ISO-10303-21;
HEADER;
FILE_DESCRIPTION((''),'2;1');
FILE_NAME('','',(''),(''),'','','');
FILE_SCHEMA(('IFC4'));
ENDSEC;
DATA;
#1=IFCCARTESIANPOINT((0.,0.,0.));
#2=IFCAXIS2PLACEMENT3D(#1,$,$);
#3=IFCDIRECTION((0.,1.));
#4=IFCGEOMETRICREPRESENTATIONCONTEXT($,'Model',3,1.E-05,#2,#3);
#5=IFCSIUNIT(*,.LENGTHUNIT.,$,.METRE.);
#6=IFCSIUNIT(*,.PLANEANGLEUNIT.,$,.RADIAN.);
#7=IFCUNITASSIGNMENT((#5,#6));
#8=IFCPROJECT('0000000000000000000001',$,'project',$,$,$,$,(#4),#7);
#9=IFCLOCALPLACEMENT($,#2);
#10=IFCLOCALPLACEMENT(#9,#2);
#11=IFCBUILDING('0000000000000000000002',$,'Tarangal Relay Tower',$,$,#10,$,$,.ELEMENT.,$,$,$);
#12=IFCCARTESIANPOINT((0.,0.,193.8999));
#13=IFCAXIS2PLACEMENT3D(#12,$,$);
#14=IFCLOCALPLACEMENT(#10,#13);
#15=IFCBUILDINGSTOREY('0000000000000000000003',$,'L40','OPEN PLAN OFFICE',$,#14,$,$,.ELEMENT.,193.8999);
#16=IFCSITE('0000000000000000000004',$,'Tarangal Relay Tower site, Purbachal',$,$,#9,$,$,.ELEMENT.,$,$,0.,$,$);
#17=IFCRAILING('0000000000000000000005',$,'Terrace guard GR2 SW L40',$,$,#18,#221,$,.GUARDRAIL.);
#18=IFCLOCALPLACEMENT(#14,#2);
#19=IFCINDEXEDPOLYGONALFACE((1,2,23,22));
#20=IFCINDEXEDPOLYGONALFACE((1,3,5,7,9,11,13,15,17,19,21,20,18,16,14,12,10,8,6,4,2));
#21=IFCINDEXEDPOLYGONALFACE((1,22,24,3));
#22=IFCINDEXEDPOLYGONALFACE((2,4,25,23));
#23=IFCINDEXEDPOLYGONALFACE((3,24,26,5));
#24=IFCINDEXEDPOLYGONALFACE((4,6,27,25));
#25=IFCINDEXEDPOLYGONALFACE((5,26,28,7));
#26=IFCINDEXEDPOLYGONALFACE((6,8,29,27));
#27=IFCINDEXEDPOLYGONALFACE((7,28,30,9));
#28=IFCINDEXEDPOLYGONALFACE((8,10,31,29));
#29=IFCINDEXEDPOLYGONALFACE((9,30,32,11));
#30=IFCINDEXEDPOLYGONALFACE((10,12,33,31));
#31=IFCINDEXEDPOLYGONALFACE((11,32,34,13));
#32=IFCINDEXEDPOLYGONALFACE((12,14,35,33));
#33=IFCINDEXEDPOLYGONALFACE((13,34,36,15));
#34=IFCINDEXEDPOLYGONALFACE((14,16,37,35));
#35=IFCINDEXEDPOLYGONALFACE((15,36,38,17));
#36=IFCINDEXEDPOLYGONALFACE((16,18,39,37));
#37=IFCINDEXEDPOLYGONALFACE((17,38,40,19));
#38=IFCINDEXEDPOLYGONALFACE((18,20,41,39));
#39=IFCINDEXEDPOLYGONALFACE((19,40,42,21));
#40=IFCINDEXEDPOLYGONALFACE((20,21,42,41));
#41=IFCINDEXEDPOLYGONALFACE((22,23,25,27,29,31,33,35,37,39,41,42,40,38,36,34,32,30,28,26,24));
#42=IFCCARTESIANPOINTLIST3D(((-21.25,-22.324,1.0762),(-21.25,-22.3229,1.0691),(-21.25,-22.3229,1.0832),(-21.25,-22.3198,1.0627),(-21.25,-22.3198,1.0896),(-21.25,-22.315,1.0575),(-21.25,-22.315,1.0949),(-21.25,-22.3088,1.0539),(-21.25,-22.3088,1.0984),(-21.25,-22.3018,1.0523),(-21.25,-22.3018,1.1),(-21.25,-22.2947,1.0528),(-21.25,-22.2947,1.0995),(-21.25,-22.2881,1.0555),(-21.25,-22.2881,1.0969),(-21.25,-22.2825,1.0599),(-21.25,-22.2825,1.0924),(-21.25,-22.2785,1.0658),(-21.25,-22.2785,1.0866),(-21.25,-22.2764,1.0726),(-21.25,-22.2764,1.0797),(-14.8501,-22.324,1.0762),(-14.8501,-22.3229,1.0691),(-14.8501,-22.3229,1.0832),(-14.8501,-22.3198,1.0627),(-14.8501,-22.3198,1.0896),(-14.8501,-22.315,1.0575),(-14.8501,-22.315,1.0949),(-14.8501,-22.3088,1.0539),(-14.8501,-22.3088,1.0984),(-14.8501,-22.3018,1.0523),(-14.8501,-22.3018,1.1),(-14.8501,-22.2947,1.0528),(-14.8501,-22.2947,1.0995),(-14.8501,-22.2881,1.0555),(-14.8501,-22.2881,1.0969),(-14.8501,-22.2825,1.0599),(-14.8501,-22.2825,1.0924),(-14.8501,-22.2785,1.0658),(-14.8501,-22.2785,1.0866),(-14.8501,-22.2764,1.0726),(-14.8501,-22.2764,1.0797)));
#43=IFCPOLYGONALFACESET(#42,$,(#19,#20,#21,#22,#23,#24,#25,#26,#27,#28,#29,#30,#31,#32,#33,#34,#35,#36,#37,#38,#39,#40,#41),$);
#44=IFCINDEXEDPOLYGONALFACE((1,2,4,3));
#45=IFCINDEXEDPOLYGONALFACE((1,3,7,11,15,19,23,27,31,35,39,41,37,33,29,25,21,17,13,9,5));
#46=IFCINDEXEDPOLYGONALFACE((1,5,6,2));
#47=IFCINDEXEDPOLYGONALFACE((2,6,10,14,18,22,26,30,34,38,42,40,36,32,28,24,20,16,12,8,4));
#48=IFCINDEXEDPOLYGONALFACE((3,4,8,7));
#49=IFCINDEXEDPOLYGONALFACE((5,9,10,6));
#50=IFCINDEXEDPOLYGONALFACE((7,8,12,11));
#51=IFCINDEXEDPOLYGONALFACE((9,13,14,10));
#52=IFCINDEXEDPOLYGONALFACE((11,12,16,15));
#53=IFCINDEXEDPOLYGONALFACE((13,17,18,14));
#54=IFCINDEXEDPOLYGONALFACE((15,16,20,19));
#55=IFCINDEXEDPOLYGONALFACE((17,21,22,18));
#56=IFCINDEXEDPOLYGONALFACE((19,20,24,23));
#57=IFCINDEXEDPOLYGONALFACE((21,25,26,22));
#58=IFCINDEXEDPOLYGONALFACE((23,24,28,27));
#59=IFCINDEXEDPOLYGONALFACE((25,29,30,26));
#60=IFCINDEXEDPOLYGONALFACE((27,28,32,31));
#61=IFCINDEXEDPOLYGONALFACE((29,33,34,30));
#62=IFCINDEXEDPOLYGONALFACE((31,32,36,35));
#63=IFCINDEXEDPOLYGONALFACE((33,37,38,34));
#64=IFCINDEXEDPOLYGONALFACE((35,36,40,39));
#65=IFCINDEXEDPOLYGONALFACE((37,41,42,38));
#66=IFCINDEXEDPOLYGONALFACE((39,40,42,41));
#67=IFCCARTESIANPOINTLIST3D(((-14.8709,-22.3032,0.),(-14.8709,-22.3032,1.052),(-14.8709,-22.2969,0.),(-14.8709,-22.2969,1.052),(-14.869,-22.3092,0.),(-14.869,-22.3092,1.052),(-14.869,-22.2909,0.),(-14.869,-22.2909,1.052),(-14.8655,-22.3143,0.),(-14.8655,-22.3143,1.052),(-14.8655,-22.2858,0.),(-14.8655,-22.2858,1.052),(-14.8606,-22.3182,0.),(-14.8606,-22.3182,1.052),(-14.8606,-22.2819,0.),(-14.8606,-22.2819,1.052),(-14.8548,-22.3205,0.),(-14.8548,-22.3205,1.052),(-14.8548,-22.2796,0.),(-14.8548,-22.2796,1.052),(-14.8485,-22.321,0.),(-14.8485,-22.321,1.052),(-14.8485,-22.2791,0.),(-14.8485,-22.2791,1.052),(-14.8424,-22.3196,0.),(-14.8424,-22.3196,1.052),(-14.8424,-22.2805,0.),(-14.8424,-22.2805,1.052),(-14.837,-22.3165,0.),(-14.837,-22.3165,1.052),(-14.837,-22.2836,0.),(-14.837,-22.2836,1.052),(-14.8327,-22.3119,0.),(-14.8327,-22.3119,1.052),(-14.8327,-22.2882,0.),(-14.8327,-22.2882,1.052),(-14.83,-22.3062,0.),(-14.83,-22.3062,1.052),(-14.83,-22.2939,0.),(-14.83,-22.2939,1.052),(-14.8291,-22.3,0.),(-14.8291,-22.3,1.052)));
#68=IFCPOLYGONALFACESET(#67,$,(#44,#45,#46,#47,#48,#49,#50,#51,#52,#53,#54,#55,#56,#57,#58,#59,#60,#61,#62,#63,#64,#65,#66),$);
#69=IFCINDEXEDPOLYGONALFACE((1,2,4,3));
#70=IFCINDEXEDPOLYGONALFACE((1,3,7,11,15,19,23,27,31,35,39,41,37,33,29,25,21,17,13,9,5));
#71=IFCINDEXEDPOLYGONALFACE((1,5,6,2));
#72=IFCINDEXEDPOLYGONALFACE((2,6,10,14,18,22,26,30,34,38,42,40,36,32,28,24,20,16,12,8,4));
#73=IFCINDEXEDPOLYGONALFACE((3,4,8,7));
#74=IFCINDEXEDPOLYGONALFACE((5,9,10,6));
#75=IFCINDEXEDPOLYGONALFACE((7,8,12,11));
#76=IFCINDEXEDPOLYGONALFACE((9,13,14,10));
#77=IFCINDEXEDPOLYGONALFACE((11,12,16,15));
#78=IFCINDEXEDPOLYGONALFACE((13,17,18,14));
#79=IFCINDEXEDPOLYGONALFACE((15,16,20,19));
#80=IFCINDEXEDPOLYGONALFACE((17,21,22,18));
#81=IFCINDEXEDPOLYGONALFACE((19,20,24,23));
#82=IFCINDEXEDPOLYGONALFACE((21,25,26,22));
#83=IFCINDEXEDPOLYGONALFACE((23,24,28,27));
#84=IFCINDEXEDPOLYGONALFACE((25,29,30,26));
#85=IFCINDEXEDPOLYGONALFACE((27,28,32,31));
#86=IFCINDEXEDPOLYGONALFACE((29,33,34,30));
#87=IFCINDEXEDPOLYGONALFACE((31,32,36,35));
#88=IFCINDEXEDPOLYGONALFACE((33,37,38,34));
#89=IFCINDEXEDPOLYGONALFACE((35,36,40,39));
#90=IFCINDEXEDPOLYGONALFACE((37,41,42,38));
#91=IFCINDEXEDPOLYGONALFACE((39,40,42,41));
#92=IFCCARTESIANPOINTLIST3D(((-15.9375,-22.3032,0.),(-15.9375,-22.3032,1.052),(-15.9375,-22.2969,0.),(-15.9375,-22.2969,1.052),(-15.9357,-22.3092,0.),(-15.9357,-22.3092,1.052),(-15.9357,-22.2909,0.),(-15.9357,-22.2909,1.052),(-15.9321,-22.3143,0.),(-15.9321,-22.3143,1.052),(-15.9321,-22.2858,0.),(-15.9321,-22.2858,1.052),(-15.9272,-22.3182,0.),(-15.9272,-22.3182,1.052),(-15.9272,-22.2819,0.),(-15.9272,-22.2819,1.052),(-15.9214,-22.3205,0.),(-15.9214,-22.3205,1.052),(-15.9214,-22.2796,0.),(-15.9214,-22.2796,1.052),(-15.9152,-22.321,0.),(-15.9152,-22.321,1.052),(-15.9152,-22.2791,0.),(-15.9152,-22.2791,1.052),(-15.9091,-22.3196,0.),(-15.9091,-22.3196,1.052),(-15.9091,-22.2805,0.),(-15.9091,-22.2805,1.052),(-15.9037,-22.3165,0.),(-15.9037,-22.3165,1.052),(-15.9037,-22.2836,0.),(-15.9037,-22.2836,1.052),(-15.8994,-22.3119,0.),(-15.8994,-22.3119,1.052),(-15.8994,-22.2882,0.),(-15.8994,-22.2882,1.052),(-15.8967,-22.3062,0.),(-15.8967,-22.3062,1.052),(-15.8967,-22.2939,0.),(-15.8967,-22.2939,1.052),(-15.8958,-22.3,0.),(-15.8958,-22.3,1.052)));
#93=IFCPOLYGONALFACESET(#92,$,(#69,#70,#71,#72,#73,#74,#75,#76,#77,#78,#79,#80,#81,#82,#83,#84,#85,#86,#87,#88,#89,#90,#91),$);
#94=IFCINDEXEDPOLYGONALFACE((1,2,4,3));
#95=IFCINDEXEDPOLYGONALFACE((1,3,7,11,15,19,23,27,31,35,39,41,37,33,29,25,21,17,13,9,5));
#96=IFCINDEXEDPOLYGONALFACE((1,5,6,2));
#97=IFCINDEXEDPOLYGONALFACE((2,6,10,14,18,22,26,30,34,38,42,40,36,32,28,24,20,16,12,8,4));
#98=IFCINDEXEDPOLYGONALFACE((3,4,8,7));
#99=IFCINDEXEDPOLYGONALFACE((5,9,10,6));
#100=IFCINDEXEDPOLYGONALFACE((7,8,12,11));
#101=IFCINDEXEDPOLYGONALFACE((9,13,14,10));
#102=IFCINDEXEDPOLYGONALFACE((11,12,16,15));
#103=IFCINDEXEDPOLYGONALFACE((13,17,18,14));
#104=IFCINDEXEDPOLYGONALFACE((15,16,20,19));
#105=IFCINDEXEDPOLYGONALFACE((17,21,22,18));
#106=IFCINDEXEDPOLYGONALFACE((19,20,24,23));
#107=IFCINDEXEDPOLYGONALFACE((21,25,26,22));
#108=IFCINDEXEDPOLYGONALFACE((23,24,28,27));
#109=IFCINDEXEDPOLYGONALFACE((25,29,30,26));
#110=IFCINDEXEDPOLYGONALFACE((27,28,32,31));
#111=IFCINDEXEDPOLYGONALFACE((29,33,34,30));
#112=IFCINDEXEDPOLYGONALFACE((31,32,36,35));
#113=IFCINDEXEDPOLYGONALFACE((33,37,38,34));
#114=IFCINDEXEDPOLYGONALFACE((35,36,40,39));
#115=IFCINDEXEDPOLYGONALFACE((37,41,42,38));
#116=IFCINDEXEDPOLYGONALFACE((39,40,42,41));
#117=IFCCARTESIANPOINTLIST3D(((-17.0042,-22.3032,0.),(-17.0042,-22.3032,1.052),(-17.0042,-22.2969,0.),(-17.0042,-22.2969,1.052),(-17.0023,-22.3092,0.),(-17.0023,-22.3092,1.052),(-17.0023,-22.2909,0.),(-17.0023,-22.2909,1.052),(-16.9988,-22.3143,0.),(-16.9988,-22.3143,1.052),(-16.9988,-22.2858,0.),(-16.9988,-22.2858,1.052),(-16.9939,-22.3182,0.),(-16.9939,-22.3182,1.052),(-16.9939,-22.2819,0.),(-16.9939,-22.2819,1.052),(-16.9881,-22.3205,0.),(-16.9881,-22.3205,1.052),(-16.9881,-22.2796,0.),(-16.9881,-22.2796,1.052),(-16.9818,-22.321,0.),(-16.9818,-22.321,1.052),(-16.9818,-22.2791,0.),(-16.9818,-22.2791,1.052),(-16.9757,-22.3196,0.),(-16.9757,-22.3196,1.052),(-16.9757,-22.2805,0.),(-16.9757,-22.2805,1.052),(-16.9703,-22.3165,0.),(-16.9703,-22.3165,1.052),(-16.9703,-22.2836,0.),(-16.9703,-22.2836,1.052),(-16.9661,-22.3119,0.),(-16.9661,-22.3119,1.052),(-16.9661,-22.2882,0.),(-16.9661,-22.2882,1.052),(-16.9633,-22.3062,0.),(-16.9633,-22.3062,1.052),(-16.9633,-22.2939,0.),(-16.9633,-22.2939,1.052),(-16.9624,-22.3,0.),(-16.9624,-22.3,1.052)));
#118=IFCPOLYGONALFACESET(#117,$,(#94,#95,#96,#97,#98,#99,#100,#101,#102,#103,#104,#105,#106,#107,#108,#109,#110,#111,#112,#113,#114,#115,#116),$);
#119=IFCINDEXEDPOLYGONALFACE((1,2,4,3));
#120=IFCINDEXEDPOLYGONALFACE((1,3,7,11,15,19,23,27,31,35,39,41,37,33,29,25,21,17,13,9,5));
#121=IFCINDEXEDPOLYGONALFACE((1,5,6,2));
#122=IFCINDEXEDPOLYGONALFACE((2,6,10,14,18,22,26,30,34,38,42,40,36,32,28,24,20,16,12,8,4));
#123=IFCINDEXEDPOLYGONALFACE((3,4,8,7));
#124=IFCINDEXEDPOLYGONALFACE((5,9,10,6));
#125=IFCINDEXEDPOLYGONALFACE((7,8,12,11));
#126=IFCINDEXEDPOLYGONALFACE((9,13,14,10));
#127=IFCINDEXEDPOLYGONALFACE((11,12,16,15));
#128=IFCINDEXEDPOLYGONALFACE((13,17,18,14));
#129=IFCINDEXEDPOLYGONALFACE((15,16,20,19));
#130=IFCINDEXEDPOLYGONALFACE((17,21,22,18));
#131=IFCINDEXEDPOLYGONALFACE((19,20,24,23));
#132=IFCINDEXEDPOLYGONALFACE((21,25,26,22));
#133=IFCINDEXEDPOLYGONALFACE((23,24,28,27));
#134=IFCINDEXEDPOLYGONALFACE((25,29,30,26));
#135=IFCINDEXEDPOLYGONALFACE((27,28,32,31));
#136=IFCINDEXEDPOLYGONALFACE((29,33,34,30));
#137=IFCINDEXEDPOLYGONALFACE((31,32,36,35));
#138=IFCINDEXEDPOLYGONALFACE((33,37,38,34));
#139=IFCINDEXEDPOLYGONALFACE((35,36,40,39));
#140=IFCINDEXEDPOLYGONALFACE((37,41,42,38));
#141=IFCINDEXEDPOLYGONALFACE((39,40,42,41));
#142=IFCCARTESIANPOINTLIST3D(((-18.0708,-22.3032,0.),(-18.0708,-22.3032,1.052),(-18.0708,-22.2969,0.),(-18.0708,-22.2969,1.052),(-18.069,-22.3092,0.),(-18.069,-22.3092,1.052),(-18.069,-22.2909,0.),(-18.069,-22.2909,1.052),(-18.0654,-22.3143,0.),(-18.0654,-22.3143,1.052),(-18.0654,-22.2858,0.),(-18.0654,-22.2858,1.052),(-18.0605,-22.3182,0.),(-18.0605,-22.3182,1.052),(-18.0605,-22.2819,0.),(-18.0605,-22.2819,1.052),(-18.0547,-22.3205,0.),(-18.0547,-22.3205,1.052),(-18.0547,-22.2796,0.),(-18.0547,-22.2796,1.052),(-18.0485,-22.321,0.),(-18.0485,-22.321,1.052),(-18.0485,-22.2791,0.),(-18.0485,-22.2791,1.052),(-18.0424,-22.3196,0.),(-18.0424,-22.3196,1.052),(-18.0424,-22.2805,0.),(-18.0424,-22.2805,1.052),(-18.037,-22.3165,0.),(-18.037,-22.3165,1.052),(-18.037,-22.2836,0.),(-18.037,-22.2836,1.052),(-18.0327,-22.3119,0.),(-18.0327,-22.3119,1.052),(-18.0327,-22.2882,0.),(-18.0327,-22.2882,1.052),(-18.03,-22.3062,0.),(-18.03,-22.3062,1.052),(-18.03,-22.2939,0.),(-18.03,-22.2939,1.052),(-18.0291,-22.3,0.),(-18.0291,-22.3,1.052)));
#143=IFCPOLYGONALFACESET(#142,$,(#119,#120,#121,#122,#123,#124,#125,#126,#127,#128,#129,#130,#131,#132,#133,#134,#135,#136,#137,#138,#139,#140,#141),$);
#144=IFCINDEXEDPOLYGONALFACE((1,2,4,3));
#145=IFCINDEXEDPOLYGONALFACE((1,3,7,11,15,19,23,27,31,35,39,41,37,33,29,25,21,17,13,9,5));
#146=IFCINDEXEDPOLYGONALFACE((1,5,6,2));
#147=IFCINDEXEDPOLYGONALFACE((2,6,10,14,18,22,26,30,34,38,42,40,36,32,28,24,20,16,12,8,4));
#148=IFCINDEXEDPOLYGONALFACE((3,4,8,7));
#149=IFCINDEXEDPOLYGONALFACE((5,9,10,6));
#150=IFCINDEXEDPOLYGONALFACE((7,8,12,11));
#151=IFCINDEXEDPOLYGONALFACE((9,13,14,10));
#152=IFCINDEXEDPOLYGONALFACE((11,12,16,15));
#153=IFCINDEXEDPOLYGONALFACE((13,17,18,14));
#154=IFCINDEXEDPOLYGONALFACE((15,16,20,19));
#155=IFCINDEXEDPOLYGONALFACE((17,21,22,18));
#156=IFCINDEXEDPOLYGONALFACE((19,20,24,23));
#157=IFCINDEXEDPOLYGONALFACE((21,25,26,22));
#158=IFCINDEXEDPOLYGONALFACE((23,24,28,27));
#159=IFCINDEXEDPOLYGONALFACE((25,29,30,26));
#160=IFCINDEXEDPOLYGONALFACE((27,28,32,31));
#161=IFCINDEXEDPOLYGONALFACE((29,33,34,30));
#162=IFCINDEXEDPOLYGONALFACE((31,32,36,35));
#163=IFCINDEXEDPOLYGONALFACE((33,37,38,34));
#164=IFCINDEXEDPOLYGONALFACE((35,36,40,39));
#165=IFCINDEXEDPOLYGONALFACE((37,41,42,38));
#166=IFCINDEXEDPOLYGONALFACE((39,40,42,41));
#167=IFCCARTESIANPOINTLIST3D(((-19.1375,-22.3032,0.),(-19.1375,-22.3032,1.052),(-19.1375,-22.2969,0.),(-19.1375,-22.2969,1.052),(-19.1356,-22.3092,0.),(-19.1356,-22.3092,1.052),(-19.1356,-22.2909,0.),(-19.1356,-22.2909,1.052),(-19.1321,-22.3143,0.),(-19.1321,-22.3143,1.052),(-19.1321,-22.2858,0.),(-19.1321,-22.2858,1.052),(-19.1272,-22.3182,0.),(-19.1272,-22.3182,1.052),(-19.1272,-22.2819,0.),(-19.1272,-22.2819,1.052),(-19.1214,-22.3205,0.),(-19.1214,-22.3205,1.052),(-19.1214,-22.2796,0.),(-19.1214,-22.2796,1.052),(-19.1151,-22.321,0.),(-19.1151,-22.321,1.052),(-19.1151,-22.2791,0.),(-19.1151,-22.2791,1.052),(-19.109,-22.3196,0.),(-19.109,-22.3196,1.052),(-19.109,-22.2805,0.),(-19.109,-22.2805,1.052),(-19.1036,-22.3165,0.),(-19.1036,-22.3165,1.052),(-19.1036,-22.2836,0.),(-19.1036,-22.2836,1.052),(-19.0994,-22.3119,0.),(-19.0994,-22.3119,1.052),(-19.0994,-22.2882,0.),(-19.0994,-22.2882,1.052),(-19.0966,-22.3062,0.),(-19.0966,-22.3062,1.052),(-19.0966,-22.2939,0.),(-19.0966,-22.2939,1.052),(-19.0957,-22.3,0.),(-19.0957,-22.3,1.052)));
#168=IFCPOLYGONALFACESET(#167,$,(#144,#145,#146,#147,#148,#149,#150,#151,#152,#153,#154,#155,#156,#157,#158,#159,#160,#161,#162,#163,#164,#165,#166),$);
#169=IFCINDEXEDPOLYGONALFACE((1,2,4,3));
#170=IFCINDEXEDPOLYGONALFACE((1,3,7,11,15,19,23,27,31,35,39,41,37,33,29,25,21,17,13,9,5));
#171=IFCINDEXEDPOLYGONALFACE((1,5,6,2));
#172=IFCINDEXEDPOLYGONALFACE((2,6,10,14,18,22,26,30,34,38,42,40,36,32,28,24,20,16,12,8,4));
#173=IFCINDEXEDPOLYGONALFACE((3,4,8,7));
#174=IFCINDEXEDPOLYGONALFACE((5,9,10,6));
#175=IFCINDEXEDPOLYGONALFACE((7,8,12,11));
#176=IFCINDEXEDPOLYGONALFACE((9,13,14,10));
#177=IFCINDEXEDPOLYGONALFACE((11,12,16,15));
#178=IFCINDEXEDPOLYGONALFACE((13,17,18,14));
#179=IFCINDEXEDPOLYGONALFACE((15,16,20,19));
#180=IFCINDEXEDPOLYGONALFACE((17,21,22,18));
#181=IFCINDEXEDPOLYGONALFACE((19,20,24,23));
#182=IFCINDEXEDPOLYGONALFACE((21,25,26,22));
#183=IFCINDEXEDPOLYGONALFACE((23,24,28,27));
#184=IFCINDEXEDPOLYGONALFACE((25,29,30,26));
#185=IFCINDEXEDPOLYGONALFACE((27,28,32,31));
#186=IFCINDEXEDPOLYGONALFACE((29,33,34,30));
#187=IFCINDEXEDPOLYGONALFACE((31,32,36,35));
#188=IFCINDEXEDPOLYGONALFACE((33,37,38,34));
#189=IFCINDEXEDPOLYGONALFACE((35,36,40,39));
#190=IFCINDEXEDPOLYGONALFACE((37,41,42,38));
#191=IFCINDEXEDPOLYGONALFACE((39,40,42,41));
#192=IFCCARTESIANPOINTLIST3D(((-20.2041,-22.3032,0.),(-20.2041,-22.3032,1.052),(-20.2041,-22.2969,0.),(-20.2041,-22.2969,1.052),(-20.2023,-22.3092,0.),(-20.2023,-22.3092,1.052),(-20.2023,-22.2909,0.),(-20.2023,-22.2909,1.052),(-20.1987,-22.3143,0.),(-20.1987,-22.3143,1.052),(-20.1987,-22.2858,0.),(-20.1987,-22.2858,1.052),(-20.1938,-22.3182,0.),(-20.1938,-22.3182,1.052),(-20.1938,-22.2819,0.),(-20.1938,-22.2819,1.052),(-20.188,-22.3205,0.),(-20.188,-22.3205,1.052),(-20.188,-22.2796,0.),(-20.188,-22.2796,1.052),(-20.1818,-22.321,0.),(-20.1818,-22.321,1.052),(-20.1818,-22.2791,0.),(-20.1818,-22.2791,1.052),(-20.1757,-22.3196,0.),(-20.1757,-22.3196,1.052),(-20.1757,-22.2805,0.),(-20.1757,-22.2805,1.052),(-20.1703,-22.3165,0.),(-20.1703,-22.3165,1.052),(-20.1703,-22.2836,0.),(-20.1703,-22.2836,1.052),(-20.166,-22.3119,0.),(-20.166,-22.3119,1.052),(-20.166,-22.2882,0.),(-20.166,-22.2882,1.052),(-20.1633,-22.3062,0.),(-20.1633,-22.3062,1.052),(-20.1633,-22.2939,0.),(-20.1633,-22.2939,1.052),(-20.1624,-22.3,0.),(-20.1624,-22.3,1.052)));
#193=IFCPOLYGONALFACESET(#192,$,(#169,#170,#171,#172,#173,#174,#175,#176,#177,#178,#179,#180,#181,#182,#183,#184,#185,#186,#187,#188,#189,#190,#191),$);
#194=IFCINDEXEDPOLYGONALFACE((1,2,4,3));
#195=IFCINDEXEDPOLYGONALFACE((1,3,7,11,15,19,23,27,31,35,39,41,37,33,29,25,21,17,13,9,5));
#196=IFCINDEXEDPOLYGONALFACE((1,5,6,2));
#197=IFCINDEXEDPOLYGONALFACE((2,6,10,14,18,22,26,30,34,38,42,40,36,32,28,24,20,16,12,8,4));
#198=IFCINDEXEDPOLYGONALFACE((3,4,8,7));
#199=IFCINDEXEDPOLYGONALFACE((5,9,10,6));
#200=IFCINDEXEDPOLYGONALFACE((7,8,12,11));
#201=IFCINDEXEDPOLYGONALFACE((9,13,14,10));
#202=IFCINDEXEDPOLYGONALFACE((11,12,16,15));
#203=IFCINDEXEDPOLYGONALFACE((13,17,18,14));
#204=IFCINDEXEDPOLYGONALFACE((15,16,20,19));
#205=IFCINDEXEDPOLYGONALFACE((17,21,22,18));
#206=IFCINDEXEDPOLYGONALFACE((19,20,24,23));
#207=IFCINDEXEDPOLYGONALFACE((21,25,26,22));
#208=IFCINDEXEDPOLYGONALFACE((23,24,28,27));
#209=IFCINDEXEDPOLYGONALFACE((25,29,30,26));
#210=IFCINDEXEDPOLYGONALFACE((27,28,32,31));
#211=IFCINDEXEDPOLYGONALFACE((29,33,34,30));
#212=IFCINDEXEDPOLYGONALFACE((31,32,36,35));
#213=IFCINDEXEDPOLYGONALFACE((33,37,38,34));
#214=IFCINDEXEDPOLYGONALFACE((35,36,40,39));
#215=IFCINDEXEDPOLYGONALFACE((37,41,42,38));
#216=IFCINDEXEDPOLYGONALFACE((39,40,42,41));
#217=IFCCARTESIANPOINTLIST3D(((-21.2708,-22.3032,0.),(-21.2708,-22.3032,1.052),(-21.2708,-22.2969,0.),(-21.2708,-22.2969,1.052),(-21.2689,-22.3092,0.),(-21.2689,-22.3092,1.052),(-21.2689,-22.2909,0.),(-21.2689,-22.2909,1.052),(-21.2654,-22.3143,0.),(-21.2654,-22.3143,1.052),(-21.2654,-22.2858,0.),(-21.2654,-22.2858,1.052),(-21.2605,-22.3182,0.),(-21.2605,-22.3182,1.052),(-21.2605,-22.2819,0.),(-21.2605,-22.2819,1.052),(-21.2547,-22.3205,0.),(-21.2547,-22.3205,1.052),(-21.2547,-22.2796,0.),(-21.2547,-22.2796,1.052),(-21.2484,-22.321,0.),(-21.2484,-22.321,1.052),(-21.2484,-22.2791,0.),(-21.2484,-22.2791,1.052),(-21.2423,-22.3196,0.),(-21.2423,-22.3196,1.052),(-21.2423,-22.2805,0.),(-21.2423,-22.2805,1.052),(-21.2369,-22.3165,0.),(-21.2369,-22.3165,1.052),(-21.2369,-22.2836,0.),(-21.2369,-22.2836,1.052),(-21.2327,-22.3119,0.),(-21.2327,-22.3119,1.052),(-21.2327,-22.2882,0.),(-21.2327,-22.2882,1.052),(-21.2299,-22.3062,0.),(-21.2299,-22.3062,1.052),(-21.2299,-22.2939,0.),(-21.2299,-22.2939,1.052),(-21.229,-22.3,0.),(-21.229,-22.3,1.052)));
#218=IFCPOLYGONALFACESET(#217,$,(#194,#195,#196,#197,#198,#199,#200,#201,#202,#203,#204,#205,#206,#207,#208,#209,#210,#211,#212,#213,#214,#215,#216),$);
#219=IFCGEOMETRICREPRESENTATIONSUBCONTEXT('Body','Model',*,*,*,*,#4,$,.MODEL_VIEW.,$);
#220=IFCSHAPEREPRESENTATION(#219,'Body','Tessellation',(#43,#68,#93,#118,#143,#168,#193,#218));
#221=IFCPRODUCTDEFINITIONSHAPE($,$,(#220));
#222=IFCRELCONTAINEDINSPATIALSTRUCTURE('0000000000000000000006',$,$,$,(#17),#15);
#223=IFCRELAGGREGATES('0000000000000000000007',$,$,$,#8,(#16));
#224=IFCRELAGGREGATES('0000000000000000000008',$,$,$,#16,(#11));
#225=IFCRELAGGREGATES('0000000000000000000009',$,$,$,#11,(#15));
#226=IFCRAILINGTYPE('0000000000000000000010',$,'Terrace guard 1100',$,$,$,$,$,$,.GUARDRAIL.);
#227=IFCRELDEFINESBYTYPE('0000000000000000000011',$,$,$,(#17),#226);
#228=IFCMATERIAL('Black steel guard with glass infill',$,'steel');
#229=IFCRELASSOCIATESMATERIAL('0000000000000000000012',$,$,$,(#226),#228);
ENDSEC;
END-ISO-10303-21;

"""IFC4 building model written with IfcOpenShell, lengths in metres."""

from ifc_helpers import new_model, si_unit, direction, frame, origin, origin_2d, place, context, subcontext, project, spatial, circle, extrude, material, type_object, element, save


model = new_model("IFC4")

# Units and contexts
model_context = context("Model", 3, precision=1e-05, world=origin(), true_north=direction((0.0, 1.0)))
body_context = subcontext(model_context, "Body", "Model", "MODEL_VIEW")
ifc_project = project(units=[si_unit("LENGTHUNIT", "METRE"), si_unit("PLANEANGLEUNIT", "RADIAN")], contexts=[model_context])

# Site, building, storey
site_placement = place(None, origin())
site = spatial("IfcSite", under=ifc_project, at=site_placement, Name="Tarangal Relay Tower site, Purbachal", CompositionType="ELEMENT", RefElevation=0.0)
building_placement = place(site_placement, origin())
building = spatial("IfcBuilding", under=site, at=building_placement, Name="Tarangal Relay Tower", CompositionType="ELEMENT")
storey_placement = place(building_placement, frame((0.0, 0.0, 193.8999)))
storey = spatial("IfcBuildingStorey", under=building, at=storey_placement, Name="L40", Description="OPEN PLAN OFFICE", CompositionType="ELEMENT", Elevation=193.8999)

# Railing
ifc_material_1 = material(Name="Black steel guard with glass infill", Category="steel")
railing_type = type_object("IfcRailingType", Name="Terrace guard 1100", PredefinedType="GUARDRAIL", material=ifc_material_1)
railing_1_placement = place(storey_placement, frame((-14.8501, -22.3, 0.0)))
element("IfcRailing", 1, at=railing_1_placement, inside=storey, type_object=railing_type, Name="Terrace guard GR2 SW L40", PredefinedType="GUARDRAIL", context=body_context, shape_type="SweptSolid", body=[
    extrude(circle(Radius=0.0239, at=origin_2d()), frame((0.0, 0.0, 1.0762), z_axis=(-1.0, 0.0, 0.0), x_axis=(0.0, -1.0, 0.0)), (0.0, 0.0, 1.0), 6.3999),
    extrude(circle(Radius=0.021, at=origin_2d()), origin(), (0.0, 0.0, 1.0), 1.052),
    extrude(circle(Radius=0.021, at=origin_2d()), frame((-1.0667, 0.0, 0.0)), (0.0, 0.0, 1.0), 1.052),
    extrude(circle(Radius=0.021, at=origin_2d()), frame((-2.1333, 0.0, 0.0)), (0.0, 0.0, 1.0), 1.052),
    extrude(circle(Radius=0.021, at=origin_2d()), frame((-3.2, 0.0, 0.0)), (0.0, 0.0, 1.0), 1.052),
    extrude(circle(Radius=0.021, at=origin_2d()), frame((-4.2666, 0.0, 0.0)), (0.0, 0.0, 1.0), 1.052),
    extrude(circle(Radius=0.021, at=origin_2d()), frame((-5.3333, 0.0, 0.0)), (0.0, 0.0, 1.0), 1.052),
    extrude(circle(Radius=0.021, at=origin_2d()), frame((-6.3999, 0.0, 0.0)), (0.0, 0.0, 1.0), 1.052),
])

save(model, "model.ifc")
